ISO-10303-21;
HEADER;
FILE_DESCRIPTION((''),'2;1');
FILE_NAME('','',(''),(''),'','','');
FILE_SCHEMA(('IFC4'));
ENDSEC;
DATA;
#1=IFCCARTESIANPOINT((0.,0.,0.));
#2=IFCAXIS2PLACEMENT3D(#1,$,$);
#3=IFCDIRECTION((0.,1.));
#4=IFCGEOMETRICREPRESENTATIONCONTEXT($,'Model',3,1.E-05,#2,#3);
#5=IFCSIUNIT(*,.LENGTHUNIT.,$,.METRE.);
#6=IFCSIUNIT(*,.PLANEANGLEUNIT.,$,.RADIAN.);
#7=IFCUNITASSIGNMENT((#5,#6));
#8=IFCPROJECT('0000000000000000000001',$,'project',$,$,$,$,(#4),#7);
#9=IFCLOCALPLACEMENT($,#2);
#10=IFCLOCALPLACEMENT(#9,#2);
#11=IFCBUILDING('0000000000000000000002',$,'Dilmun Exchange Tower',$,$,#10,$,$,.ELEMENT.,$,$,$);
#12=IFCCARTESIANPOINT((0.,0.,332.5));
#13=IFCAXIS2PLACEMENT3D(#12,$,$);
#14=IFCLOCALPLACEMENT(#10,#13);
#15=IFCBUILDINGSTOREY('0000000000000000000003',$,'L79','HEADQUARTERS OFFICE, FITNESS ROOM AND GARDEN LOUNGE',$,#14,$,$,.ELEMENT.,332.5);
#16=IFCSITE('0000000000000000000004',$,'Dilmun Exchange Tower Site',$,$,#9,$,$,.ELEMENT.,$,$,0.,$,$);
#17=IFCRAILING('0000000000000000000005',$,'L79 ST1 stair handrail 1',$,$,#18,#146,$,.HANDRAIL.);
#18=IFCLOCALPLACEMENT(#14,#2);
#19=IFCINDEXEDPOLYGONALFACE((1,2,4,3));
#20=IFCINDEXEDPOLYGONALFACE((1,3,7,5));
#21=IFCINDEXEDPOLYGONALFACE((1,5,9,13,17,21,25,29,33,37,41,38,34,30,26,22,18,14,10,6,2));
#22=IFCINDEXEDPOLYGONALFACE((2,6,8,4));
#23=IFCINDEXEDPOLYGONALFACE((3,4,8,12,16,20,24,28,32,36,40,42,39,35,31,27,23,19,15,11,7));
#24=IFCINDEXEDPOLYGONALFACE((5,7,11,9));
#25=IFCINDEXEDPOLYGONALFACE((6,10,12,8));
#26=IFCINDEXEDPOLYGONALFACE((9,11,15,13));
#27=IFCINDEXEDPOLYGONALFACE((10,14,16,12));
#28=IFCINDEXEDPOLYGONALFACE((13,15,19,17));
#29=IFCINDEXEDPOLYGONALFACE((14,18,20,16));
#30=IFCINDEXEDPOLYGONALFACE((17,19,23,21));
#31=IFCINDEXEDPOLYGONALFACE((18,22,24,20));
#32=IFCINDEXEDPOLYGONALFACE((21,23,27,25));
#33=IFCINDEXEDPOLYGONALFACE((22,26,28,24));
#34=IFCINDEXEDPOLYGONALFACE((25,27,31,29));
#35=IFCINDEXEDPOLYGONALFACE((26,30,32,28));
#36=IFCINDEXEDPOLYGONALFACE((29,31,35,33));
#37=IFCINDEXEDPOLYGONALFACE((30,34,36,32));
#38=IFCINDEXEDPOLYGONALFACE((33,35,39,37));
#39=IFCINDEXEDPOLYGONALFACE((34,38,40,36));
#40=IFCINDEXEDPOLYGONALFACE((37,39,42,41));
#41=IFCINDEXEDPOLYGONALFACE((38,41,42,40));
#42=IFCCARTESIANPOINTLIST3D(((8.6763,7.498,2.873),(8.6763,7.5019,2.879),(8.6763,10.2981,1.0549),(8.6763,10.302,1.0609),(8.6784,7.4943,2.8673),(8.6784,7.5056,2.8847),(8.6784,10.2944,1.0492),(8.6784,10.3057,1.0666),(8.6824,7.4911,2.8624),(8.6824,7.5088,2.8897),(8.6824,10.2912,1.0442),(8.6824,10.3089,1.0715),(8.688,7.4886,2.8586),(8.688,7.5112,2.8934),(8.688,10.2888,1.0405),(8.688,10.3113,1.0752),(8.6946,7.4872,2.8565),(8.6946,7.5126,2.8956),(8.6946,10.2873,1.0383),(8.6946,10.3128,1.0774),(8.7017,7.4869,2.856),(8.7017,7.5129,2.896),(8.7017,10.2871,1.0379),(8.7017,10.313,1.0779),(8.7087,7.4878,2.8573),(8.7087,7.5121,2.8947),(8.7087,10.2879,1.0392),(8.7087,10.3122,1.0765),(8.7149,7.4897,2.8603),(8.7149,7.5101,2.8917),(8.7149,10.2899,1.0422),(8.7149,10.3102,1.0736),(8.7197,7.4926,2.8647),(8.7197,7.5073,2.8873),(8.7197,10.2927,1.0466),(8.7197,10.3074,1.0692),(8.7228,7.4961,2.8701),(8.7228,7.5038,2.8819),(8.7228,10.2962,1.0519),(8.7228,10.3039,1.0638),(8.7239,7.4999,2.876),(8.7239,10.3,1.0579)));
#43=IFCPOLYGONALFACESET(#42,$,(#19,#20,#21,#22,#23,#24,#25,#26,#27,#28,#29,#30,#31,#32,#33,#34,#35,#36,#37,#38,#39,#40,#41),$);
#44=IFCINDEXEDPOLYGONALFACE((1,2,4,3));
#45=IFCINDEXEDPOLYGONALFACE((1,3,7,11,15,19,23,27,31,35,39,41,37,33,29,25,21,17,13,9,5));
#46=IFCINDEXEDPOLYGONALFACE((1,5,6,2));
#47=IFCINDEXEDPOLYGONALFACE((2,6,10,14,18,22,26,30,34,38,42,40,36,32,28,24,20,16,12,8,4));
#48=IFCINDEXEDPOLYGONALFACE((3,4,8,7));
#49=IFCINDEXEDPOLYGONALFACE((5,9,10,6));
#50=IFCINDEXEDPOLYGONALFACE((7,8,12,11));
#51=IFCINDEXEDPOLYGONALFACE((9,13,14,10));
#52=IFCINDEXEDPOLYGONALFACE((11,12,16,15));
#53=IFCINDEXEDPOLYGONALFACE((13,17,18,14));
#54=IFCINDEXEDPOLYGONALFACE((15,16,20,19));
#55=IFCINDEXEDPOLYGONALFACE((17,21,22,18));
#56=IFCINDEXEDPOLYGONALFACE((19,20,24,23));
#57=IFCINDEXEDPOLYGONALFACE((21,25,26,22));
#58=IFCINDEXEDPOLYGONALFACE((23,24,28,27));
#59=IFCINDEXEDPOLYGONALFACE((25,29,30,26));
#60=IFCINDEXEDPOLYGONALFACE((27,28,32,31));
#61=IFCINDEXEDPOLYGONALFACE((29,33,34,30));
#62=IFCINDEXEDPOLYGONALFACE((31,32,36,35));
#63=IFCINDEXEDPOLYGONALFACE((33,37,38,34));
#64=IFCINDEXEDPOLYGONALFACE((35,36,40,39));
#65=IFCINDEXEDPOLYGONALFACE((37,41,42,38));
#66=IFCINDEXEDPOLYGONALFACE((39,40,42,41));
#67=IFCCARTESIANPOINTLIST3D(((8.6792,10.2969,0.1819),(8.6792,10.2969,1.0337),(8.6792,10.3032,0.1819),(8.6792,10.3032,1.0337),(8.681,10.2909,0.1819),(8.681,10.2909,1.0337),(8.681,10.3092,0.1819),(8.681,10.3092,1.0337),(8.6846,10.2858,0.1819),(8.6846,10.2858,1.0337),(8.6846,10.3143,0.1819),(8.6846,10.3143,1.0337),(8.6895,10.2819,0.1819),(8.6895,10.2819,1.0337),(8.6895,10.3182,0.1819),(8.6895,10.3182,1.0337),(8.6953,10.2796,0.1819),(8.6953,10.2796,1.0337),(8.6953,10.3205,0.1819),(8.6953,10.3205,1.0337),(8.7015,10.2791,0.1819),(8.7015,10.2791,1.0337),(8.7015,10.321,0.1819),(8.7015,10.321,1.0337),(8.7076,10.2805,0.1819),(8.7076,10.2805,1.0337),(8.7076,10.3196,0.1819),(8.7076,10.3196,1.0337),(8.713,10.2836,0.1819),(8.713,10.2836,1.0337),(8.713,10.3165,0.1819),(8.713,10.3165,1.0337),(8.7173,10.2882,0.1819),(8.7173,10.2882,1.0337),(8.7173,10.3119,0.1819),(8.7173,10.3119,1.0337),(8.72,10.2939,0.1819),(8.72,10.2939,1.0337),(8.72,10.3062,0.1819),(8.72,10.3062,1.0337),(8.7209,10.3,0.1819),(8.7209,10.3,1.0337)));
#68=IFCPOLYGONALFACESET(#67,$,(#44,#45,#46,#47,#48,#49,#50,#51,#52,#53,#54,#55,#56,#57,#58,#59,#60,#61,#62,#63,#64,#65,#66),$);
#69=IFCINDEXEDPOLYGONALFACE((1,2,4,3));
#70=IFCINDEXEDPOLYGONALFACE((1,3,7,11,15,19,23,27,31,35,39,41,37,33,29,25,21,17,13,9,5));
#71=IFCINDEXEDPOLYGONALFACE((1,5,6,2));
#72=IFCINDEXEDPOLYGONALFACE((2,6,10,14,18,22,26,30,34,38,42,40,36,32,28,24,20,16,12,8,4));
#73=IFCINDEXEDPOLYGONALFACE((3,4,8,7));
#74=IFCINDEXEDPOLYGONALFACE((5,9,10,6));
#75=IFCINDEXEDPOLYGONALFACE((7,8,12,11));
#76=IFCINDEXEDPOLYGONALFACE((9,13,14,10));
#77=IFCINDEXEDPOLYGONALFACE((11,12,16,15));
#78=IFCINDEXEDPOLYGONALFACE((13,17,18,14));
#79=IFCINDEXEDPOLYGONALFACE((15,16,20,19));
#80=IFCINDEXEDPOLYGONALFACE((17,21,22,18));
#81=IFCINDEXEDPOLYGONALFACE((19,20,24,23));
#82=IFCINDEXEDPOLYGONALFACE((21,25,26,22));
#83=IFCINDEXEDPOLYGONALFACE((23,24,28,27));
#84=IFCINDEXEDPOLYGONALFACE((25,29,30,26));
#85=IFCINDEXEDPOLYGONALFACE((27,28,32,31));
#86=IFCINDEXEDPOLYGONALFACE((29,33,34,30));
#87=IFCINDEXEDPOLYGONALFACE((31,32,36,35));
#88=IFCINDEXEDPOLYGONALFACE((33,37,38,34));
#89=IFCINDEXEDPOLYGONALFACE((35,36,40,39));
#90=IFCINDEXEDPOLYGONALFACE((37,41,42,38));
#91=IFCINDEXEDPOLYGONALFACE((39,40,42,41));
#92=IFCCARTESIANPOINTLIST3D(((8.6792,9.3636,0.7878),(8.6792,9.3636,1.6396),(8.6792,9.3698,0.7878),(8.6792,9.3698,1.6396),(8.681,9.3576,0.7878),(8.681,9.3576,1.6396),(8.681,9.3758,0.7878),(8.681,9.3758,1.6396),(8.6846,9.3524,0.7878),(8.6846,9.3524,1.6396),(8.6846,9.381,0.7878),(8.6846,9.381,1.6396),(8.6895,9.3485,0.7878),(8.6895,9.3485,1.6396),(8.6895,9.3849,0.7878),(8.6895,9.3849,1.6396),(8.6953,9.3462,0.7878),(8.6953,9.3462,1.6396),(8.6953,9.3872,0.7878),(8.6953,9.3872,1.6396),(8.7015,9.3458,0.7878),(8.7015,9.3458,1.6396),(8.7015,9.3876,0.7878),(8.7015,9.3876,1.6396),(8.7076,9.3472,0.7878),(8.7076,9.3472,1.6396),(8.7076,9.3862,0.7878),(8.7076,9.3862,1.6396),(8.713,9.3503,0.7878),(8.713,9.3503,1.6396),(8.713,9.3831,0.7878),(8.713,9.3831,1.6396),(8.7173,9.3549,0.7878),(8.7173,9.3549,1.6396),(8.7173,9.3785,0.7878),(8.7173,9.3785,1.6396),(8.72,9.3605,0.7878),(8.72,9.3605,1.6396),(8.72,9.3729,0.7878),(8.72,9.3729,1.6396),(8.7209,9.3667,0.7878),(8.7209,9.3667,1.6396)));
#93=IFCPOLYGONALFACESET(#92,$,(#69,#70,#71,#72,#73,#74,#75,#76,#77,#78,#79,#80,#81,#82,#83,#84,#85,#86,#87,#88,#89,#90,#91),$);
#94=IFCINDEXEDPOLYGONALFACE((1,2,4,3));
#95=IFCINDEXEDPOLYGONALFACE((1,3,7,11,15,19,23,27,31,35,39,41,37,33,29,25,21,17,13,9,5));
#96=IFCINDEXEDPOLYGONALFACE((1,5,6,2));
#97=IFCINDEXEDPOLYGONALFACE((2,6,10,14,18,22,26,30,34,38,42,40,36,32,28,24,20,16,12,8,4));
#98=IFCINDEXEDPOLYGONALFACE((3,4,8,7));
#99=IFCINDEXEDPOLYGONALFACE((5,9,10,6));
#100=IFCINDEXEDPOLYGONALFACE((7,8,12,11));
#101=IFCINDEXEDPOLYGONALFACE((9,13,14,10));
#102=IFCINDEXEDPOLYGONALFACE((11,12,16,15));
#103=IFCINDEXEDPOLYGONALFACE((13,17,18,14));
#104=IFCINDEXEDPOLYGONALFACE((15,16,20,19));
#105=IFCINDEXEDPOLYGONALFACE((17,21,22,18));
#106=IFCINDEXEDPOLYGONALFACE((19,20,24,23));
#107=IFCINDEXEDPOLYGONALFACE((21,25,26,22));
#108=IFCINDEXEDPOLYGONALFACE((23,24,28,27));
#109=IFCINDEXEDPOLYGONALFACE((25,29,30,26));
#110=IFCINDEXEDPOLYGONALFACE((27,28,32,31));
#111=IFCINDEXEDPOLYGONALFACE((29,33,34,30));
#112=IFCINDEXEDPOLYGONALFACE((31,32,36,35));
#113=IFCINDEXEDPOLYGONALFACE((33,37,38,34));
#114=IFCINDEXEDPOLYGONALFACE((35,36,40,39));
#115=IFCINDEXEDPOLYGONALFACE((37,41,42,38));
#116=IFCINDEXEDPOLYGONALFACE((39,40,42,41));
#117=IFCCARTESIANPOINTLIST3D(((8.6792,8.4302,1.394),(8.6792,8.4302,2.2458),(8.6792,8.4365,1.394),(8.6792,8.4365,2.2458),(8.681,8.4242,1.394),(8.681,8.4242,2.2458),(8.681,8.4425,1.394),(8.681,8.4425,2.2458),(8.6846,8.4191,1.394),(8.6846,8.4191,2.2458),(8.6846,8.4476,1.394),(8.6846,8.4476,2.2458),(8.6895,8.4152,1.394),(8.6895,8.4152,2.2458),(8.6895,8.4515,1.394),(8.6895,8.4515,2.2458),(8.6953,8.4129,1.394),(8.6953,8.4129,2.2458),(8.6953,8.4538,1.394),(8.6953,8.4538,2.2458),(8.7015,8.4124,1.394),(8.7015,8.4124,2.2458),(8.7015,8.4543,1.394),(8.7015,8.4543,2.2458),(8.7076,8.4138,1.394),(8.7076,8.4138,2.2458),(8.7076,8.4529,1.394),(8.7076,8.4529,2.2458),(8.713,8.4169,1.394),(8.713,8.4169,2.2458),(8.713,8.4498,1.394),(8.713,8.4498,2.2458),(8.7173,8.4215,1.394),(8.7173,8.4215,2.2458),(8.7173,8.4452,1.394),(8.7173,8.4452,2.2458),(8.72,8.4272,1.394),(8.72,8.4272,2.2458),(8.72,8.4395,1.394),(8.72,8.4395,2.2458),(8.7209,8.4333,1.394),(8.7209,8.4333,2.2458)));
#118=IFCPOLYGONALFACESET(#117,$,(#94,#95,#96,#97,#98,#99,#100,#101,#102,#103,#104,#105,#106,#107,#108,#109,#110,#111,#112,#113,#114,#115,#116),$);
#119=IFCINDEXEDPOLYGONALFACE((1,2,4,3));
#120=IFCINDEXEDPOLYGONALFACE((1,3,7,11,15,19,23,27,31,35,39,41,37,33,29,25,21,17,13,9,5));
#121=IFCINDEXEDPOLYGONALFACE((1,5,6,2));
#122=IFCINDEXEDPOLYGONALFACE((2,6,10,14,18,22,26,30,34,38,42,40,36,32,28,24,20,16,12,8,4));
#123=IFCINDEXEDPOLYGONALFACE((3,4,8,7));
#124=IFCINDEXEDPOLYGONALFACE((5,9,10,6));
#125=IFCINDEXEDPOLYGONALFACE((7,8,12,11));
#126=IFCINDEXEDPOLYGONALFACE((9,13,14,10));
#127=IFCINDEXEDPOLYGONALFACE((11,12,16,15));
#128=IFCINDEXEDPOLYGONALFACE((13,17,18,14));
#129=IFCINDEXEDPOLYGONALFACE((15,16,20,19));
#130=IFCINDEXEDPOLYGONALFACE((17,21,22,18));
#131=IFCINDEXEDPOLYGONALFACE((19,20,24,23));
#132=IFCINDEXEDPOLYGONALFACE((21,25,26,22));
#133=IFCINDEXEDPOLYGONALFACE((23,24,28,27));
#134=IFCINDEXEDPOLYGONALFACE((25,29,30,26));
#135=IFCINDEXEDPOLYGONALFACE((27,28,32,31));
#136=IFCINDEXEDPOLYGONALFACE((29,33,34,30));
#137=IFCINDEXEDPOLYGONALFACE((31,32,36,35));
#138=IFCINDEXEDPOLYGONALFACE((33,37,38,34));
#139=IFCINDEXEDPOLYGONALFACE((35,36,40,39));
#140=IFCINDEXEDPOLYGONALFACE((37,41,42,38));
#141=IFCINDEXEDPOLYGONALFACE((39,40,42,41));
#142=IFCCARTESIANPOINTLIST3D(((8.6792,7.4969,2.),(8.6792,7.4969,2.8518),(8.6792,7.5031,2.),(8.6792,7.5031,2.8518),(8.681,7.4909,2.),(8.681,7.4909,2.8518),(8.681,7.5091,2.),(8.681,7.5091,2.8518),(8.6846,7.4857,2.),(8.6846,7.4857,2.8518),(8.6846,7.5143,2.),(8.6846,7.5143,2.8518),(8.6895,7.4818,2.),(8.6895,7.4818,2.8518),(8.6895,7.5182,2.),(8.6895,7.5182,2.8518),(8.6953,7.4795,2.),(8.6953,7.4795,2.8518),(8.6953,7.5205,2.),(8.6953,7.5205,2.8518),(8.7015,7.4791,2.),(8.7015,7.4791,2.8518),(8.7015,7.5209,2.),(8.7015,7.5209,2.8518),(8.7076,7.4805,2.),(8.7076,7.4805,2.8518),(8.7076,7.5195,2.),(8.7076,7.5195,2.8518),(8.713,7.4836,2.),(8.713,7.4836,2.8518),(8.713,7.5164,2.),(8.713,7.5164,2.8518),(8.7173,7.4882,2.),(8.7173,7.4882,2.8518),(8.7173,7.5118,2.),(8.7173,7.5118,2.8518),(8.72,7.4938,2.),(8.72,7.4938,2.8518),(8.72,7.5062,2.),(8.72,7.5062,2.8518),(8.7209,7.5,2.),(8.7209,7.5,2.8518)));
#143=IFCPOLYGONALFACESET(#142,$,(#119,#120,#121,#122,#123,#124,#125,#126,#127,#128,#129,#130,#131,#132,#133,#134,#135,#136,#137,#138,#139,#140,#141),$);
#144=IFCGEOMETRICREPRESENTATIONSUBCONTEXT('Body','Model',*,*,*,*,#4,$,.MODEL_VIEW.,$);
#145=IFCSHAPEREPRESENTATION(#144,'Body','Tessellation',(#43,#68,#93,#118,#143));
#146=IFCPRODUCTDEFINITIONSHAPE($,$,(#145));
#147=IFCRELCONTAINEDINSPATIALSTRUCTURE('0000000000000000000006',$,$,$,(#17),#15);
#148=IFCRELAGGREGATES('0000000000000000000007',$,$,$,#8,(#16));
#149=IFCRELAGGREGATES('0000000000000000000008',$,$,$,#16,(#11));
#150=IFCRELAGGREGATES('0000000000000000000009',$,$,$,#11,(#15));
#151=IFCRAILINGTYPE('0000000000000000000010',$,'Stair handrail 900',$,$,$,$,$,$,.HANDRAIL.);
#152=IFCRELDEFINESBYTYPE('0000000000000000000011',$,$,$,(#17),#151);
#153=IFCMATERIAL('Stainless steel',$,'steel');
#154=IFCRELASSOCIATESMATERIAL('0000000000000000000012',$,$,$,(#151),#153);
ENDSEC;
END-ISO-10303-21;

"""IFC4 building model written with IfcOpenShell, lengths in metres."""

from ifc_helpers import new_model, si_unit, direction, frame, origin, origin_2d, place, context, subcontext, project, spatial, circle, extrude, material, type_object, element, save


model = new_model("IFC4")

# Units and contexts
model_context = context("Model", 3, precision=1e-05, world=origin(), true_north=direction((0.0, 1.0)))
body_context = subcontext(model_context, "Body", "Model", "MODEL_VIEW")
ifc_project = project(units=[si_unit("LENGTHUNIT", "METRE"), si_unit("PLANEANGLEUNIT", "RADIAN")], contexts=[model_context])

# Site, building, storey
site_placement = place(None, origin())
site = spatial("IfcSite", under=ifc_project, at=site_placement, Name="Dilmun Exchange Tower Site", CompositionType="ELEMENT", RefElevation=0.0)
building_placement = place(site_placement, origin())
building = spatial("IfcBuilding", under=site, at=building_placement, Name="Dilmun Exchange Tower", CompositionType="ELEMENT")
storey_placement = place(building_placement, frame((0.0, 0.0, 332.5)))
storey = spatial("IfcBuildingStorey", under=building, at=storey_placement, Name="L79", Description="HEADQUARTERS OFFICE, FITNESS ROOM AND GARDEN LOUNGE", CompositionType="ELEMENT", Elevation=332.5)

# Railing
ifc_material_1 = material(Name="Stainless steel", Category="steel")
railing_type = type_object("IfcRailingType", Name="Stair handrail 900", PredefinedType="HANDRAIL", material=ifc_material_1)
railing_1_placement = place(storey_placement, frame((8.7, 10.3, 0.1819)))
element("IfcRailing", 1, at=railing_1_placement, inside=storey, type_object=railing_type, Name="L79 ST1 stair handrail 1", PredefinedType="HANDRAIL", context=body_context, shape_type="SweptSolid", body=[
    extrude(circle(Radius=0.0239, at=origin_2d()), frame((0.0, 0.0, 0.876), z_axis=(0.0, -0.838706, 0.544585), x_axis=(1.0, 0.0, 0.0)), (0.0, 0.0, 1.0), 3.3386),
    extrude(circle(Radius=0.021, at=origin_2d()), origin(), (0.0, 0.0, 1.0), 0.8518),
    extrude(circle(Radius=0.021, at=origin_2d()), frame((0.0, -0.9333, 0.606)), (0.0, 0.0, 1.0), 0.8518),
    extrude(circle(Radius=0.021, at=origin_2d()), frame((0.0, -1.8667, 1.2122)), (0.0, 0.0, 1.0), 0.8518),
    extrude(circle(Radius=0.021, at=origin_2d()), frame((0.0, -2.8, 1.8181)), (0.0, 0.0, 1.0), 0.8518),
])

save(model, "model.ifc")
